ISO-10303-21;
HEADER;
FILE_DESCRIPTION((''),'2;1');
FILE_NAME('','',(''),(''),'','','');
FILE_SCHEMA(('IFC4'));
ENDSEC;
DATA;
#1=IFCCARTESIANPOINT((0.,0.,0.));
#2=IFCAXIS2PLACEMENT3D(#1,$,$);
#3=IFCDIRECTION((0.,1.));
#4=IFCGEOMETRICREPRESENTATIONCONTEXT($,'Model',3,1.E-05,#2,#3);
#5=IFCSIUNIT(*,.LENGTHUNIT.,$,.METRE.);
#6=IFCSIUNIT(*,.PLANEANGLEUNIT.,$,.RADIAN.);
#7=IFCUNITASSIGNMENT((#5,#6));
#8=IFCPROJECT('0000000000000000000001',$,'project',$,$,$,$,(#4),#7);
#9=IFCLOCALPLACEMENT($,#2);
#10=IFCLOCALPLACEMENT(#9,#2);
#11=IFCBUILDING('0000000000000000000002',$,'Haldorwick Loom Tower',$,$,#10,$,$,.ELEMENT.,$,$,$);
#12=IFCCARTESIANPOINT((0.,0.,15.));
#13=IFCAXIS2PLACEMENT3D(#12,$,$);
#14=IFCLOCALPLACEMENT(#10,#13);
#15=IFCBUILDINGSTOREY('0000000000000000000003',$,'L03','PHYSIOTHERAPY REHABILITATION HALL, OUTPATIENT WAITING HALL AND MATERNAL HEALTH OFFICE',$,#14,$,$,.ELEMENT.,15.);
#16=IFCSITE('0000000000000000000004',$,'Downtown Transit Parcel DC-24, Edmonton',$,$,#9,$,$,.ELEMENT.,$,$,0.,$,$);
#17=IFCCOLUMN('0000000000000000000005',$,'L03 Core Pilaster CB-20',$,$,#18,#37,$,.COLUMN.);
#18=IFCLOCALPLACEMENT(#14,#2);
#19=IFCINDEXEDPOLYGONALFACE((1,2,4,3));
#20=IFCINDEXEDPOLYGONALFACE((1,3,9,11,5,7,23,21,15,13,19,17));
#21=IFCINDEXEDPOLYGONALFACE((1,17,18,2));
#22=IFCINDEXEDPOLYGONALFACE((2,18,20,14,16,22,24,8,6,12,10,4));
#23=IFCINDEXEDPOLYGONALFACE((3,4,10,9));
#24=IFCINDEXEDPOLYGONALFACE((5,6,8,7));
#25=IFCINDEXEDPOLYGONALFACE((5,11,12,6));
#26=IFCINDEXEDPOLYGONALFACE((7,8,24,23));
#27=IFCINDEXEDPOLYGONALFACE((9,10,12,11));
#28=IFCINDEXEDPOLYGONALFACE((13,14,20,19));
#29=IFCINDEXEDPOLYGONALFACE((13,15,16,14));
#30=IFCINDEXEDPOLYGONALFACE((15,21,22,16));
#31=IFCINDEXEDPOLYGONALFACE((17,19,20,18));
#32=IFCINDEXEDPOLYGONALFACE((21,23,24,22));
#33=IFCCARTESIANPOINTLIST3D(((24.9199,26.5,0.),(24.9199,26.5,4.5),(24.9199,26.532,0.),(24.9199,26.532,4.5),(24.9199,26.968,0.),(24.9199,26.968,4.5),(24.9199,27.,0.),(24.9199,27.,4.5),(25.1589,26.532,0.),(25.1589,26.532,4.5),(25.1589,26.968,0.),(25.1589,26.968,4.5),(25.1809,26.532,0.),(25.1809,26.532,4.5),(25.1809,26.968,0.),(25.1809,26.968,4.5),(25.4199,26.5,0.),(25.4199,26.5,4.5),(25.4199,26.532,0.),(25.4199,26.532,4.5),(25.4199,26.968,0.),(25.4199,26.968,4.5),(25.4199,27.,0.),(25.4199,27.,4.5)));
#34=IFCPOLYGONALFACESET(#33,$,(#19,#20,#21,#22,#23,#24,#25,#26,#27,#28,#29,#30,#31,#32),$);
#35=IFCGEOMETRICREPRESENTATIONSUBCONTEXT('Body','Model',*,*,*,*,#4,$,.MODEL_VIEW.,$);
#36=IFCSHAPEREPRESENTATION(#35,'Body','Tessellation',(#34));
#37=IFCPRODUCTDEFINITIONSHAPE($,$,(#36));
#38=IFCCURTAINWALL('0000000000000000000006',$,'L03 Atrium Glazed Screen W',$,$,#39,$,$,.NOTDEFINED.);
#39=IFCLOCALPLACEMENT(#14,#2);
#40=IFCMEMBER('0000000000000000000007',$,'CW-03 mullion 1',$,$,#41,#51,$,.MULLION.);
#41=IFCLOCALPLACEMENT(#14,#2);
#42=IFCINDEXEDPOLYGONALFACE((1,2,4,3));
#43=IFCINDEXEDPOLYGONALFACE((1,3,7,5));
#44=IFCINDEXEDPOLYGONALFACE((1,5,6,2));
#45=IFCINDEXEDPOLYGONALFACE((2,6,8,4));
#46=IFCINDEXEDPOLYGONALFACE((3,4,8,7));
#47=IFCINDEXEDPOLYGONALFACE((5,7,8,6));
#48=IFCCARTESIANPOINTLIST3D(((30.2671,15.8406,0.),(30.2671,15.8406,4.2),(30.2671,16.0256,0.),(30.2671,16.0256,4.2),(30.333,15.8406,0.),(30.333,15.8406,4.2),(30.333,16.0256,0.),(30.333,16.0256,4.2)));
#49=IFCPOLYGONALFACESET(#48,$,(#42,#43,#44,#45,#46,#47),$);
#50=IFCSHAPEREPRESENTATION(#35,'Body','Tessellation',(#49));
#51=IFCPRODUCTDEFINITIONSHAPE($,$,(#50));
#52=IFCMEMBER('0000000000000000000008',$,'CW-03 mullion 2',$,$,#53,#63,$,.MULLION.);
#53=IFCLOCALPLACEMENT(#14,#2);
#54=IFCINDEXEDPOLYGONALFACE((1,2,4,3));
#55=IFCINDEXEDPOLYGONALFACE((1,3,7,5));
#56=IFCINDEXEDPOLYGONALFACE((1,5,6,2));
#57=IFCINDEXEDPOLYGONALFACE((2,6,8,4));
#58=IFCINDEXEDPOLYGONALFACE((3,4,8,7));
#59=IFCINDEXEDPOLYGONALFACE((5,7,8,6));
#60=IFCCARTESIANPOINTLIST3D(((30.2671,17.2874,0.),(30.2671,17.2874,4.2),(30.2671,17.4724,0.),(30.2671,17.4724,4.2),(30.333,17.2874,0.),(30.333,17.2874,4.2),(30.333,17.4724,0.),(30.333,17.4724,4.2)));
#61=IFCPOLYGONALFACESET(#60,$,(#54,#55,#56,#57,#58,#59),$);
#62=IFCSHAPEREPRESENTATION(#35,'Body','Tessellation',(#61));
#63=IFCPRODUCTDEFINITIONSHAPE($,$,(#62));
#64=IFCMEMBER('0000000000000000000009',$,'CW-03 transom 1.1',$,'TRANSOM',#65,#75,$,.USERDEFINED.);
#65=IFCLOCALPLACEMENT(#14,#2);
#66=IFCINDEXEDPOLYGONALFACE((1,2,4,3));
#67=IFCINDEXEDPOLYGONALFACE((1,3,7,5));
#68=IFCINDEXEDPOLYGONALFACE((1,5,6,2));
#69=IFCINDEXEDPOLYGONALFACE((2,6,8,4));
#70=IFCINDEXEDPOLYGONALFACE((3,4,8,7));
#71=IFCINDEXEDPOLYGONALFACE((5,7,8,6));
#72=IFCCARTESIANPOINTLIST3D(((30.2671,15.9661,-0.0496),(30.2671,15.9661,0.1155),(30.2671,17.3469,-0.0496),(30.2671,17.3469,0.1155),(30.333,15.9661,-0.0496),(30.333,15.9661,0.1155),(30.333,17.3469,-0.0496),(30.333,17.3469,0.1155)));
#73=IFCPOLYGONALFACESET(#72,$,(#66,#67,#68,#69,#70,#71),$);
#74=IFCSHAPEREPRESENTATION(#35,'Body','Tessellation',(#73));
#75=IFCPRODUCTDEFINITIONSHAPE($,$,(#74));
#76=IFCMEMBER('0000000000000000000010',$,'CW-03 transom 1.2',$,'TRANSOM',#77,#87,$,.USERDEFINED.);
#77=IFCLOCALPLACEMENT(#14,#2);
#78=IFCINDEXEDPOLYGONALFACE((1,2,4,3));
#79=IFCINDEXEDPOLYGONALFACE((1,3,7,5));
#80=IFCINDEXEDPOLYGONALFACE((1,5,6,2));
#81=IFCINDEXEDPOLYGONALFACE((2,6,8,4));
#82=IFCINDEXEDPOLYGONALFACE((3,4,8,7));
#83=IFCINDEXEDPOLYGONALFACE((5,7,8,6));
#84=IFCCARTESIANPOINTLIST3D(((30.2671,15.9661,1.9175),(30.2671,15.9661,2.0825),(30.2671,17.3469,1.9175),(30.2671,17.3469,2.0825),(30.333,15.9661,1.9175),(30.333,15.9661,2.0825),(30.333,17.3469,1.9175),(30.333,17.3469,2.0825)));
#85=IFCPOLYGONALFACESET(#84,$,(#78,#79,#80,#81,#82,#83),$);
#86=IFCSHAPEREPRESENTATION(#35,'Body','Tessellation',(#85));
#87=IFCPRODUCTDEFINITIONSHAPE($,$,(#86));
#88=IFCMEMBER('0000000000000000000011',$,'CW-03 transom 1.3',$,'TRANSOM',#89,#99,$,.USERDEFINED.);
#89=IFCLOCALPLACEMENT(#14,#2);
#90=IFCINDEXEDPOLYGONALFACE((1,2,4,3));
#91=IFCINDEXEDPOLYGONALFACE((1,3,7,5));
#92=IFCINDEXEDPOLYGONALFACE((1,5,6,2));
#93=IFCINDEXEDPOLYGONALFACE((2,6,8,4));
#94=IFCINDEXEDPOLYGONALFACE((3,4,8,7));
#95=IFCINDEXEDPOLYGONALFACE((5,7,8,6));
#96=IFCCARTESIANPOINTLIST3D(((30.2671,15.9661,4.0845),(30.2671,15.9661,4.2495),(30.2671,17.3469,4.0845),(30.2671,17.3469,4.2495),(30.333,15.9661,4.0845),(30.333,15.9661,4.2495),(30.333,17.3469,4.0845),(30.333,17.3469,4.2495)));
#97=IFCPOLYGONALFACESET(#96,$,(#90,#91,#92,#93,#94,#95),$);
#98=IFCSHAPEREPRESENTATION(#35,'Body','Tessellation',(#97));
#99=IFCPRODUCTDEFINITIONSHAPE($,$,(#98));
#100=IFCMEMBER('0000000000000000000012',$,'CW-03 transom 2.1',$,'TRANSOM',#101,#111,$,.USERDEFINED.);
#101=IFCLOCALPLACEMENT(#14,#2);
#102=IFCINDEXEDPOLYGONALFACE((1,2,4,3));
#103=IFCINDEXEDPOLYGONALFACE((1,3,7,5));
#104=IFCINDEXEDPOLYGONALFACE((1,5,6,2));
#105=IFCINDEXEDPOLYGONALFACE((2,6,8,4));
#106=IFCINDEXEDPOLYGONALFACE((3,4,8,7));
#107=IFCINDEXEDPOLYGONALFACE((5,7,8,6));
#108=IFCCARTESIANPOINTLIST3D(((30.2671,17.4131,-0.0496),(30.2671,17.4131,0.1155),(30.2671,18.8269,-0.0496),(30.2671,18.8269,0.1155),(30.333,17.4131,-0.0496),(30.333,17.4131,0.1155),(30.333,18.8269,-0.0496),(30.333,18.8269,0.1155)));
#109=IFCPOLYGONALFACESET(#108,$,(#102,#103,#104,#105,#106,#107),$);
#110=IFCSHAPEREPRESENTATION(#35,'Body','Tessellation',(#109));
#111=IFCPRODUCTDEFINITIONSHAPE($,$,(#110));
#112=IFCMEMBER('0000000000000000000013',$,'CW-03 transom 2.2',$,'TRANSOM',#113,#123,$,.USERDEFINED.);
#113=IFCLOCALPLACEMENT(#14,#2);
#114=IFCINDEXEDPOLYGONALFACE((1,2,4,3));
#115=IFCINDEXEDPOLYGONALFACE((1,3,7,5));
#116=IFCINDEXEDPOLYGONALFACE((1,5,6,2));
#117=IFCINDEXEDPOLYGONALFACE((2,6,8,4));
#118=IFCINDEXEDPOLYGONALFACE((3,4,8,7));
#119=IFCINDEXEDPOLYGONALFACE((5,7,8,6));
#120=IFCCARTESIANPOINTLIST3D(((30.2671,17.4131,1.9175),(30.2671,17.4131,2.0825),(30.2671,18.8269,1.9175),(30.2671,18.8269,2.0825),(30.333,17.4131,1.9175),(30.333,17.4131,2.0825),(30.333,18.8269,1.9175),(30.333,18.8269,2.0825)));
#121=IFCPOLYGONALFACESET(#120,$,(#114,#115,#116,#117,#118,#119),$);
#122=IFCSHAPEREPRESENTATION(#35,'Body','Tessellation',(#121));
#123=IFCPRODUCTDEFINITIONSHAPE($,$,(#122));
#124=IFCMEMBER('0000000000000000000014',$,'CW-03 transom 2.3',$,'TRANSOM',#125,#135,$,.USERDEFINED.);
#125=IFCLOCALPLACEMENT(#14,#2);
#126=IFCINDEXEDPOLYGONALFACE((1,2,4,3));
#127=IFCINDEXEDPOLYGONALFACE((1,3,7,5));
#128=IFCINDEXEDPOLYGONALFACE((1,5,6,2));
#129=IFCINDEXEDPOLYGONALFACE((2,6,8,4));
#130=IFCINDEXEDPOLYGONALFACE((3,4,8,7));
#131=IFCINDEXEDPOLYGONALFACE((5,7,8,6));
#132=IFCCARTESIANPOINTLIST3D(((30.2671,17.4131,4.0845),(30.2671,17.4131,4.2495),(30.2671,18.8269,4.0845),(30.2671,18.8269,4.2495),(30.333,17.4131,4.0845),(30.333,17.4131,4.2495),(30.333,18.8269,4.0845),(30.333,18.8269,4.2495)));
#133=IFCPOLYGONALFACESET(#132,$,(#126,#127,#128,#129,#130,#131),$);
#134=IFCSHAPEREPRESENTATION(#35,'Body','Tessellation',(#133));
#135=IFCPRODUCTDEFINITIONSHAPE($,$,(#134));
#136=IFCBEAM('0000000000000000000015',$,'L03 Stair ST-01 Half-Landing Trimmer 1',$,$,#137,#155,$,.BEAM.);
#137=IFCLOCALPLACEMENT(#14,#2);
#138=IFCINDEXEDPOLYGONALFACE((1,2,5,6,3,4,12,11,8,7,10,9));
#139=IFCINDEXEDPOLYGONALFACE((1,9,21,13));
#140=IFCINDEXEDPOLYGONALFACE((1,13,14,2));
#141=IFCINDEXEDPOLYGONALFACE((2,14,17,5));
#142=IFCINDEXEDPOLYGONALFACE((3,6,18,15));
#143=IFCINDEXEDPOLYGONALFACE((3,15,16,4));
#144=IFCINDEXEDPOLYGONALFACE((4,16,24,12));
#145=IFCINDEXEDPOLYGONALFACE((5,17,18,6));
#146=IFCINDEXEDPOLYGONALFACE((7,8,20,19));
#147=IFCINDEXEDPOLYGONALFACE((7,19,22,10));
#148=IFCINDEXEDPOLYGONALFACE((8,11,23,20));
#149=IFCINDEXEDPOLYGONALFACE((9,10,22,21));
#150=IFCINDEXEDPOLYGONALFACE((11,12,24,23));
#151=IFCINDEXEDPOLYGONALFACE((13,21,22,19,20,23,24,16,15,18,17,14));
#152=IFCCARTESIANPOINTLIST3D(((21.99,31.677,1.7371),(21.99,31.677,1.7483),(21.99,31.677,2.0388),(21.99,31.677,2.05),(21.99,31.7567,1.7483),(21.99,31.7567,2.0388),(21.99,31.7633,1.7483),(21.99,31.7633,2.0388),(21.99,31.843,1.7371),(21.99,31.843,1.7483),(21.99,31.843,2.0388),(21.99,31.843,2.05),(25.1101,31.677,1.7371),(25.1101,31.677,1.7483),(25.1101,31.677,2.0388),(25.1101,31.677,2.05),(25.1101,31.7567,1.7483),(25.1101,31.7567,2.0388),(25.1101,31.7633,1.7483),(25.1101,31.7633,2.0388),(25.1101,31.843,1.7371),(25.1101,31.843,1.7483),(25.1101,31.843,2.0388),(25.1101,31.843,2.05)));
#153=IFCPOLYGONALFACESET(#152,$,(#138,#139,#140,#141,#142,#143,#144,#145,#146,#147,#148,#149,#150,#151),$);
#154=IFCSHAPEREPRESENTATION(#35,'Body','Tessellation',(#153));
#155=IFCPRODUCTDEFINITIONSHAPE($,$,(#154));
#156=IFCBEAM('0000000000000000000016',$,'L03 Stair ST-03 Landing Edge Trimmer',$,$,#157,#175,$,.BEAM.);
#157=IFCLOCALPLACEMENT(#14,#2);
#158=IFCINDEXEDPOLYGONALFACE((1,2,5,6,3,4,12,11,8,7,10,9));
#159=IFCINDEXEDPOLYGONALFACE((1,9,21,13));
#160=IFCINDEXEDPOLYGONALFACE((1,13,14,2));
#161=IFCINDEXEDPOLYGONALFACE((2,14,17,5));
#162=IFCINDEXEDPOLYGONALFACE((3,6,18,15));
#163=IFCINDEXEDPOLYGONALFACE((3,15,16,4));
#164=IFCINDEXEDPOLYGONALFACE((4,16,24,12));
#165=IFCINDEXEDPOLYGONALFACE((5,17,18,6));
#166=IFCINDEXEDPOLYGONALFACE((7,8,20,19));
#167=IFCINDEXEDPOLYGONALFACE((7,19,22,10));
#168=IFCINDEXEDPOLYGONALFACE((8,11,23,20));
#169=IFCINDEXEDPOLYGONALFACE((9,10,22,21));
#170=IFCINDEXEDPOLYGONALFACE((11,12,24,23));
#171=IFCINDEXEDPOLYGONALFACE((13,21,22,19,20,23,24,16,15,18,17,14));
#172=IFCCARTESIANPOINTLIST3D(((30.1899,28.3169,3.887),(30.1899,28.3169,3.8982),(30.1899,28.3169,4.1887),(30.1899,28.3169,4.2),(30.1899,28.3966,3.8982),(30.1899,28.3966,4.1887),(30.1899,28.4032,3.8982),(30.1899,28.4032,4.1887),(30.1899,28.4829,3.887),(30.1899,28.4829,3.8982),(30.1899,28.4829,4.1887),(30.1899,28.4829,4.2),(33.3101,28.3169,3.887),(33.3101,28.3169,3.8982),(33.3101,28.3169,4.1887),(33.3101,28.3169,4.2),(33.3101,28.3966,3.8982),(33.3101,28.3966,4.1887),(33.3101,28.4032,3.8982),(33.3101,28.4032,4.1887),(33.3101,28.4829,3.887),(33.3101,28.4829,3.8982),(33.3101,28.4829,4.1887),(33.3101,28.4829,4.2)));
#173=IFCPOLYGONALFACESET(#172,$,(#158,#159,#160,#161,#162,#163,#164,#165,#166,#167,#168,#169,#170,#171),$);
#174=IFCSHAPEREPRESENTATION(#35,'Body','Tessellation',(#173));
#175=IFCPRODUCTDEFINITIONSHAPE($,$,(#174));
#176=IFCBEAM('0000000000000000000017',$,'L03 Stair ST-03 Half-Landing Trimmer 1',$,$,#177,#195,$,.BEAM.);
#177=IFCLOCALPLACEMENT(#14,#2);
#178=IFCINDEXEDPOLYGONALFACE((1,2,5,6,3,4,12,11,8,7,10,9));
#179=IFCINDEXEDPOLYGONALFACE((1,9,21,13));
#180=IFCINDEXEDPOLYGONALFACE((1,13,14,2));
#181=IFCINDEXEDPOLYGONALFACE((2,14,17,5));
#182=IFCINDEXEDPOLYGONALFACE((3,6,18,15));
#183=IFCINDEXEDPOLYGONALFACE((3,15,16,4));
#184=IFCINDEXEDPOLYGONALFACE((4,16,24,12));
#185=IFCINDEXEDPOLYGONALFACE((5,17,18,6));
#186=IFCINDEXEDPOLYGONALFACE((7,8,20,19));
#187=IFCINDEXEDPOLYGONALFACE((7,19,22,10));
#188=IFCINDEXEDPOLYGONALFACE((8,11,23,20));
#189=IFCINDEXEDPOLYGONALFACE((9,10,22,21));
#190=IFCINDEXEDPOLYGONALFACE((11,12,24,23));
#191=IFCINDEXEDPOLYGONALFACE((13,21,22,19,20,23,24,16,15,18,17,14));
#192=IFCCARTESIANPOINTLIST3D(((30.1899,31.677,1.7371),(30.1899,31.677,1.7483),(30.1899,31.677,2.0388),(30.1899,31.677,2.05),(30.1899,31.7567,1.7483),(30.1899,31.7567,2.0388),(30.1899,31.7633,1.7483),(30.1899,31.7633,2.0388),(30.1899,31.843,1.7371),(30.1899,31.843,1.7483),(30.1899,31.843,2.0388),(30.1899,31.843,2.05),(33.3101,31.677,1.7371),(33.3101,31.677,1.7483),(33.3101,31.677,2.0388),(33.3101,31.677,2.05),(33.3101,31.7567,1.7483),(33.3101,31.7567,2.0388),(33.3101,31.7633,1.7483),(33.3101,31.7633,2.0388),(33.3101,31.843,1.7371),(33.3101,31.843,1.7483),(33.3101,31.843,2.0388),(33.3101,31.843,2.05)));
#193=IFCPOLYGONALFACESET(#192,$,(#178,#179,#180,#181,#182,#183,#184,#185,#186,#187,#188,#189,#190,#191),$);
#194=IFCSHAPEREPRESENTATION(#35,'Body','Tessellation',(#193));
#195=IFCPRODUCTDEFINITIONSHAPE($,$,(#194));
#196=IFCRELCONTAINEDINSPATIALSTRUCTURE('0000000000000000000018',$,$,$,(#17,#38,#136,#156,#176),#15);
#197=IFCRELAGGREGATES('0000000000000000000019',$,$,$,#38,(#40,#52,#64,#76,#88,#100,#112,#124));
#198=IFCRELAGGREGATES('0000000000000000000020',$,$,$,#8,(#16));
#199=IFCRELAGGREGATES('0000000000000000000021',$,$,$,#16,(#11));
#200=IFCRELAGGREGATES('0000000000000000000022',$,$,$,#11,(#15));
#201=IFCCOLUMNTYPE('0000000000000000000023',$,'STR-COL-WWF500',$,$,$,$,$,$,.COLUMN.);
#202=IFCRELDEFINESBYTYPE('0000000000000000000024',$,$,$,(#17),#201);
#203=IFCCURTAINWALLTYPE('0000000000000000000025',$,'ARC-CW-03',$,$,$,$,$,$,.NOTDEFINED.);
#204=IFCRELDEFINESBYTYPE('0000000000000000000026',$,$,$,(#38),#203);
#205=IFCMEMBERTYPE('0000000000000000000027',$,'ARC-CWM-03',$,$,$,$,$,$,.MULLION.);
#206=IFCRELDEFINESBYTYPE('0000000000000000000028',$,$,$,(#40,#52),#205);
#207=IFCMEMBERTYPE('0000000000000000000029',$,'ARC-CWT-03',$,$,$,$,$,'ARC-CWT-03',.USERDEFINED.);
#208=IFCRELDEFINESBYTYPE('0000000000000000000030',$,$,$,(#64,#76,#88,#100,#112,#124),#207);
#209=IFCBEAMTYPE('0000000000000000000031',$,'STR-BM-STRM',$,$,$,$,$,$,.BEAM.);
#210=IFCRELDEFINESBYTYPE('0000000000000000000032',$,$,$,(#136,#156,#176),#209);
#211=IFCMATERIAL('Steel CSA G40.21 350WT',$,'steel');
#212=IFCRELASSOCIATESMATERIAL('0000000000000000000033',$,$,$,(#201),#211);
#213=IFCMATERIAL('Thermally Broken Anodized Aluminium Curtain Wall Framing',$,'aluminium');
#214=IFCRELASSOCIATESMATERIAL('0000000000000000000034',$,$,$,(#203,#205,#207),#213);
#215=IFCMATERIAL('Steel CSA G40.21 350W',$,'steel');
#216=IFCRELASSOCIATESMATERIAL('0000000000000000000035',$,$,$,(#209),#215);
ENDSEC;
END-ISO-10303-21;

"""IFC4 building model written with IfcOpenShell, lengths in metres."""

from ifc_helpers import new_model, si_unit, direction, frame, origin, origin_2d, place, context, subcontext, project, spatial, rectangle, i_section, extrude, material, material_profile, profile_set, type_object, element, aggregate, save


model = new_model("IFC4")

# Units and contexts
model_context = context("Model", 3, precision=1e-05, world=origin(), true_north=direction((0.0, 1.0)))
body_context = subcontext(model_context, "Body", "Model", "MODEL_VIEW")
ifc_project = project(units=[si_unit("LENGTHUNIT", "METRE"), si_unit("PLANEANGLEUNIT", "RADIAN")], contexts=[model_context])

# Site, building, storey
site_placement = place(None, origin())
site = spatial("IfcSite", under=ifc_project, at=site_placement, Name="Downtown Transit Parcel DC-24, Edmonton", CompositionType="ELEMENT", RefElevation=0.0)
building_placement = place(site_placement, origin())
building = spatial("IfcBuilding", under=site, at=building_placement, Name="Haldorwick Loom Tower", CompositionType="ELEMENT")
storey_placement = place(building_placement, frame((0.0, 0.0, 15.0)))
storey = spatial("IfcBuildingStorey", under=building, at=storey_placement, Name="L03", Description="PHYSIOTHERAPY REHABILITATION HALL, OUTPATIENT WAITING HALL AND MATERNAL HEALTH OFFICE", CompositionType="ELEMENT", Elevation=15.0)

# Column
ifc_material_1 = material(Name="Steel CSA G40.21 350WT", Category="steel")
ifc_material_profile_1 = material_profile(ifc_material_1, i_section(OverallWidth=0.5, OverallDepth=0.5, WebThickness=0.022, FlangeThickness=0.032, at=origin_2d()), Name="WWF500X500", Category="steel")
ifc_profile_set_1 = profile_set([ifc_material_profile_1], Name="Steel CSA G40.21 350WT")
column_type = type_object("IfcColumnType", Name="STR-COL-WWF500", PredefinedType="COLUMN", material=ifc_profile_set_1)
column_placement = place(storey_placement, frame((25.1699, 26.75, 0.0), z_axis=(0.0, 0.0, 1.0), x_axis=(1.0, 0.0, 0.0)))
element("IfcColumn", 1, at=column_placement, inside=storey, type_object=column_type, Name="L03 Core Pilaster CB-20", PredefinedType="COLUMN", context=body_context, shape_type="SweptSolid", body=[
    extrude(i_section(OverallWidth=0.5, OverallDepth=0.5, WebThickness=0.022, FlangeThickness=0.032, at=origin_2d()), origin(), (0.0, 0.0, 1.0), 4.5),
])

# Curtain wall, members
ifc_material_2 = material(Name="Thermally Broken Anodized Aluminium Curtain Wall Framing", Category="aluminium")
curtain_wall_type = type_object("IfcCurtainWallType", Name="ARC-CW-03", PredefinedType="NOTDEFINED", material=ifc_material_2)
curtain_wall_placement = place(storey_placement, origin())
curtain_wall = element("IfcCurtainWall", 2, at=curtain_wall_placement, inside=storey, type_object=curtain_wall_type, Name="L03 Atrium Glazed Screen W", PredefinedType="NOTDEFINED")
ifc_material_profile_2 = material_profile(ifc_material_2, rectangle(XDim=0.0659, YDim=0.1851, at=origin_2d()), Name="ALU_MUL_66X185", Category="aluminium")
ifc_profile_set_2 = profile_set([ifc_material_profile_2], Name="Thermally Broken Anodized Aluminium Curtain Wall Framing")
member_type_1 = type_object("IfcMemberType", Name="ARC-CWM-03", PredefinedType="MULLION", material=ifc_profile_set_2)
member_1_placement = place(storey_placement, frame((30.3, 15.9331, 0.0), z_axis=(0.0, 0.0, 1.0), x_axis=(-1.0, 0.0, 0.0)))
member_1 = element("IfcMember", 3, at=member_1_placement, type_object=member_type_1, Name="CW-03 mullion 1", PredefinedType="MULLION", context=body_context, shape_type="SweptSolid", body=[
    extrude(rectangle(XDim=0.0659, YDim=0.1851, at=origin_2d()), origin(), (0.0, 0.0, 1.0), 4.2),
])
member_2_placement = place(storey_placement, frame((30.3, 17.3799, 0.0), z_axis=(0.0, 0.0, 1.0), x_axis=(-1.0, 0.0, 0.0)))
member_2 = element("IfcMember", 4, at=member_2_placement, type_object=member_type_1, Name="CW-03 mullion 2", PredefinedType="MULLION", context=body_context, shape_type="SweptSolid", body=[
    extrude(rectangle(XDim=0.0659, YDim=0.1851, at=origin_2d()), origin(), (0.0, 0.0, 1.0), 4.2),
])
ifc_material_profile_3 = material_profile(ifc_material_2, rectangle(XDim=0.0659, YDim=0.165, at=origin_2d()), Name="ALU_TRN_66X165", Category="aluminium")
ifc_profile_set_3 = profile_set([ifc_material_profile_3], Name="Thermally Broken Anodized Aluminium Curtain Wall Framing")
member_type_2 = type_object("IfcMemberType", Name="ARC-CWT-03", ElementType="ARC-CWT-03", PredefinedType="USERDEFINED", material=ifc_profile_set_3)
member_3_placement = place(storey_placement, frame((30.3, 15.9661, 0.033), z_axis=(0.0, 1.0, 0.0), x_axis=(-1.0, 0.0, 0.0)))
member_3 = element("IfcMember", 5, at=member_3_placement, type_object=member_type_2, Name="CW-03 transom 1.1", ObjectType="TRANSOM", PredefinedType="USERDEFINED", context=body_context, shape_type="SweptSolid", body=[
    extrude(rectangle(XDim=0.0659, YDim=0.165, at=origin_2d()), origin(), (0.0, 0.0, 1.0), 1.3809),
])
member_4_placement = place(storey_placement, frame((30.3, 15.9661, 2.0), z_axis=(0.0, 1.0, 0.0), x_axis=(-1.0, 0.0, 0.0)))
member_4 = element("IfcMember", 6, at=member_4_placement, type_object=member_type_2, Name="CW-03 transom 1.2", ObjectType="TRANSOM", PredefinedType="USERDEFINED", context=body_context, shape_type="SweptSolid", body=[
    extrude(rectangle(XDim=0.0659, YDim=0.165, at=origin_2d()), origin(), (0.0, 0.0, 1.0), 1.3809),
])
member_5_placement = place(storey_placement, frame((30.3, 15.9661, 4.167), z_axis=(0.0, 1.0, 0.0), x_axis=(-1.0, 0.0, 0.0)))
member_5 = element("IfcMember", 7, at=member_5_placement, type_object=member_type_2, Name="CW-03 transom 1.3", ObjectType="TRANSOM", PredefinedType="USERDEFINED", context=body_context, shape_type="SweptSolid", body=[
    extrude(rectangle(XDim=0.0659, YDim=0.165, at=origin_2d()), origin(), (0.0, 0.0, 1.0), 1.3809),
])
member_6_placement = place(storey_placement, frame((30.3, 17.4131, 0.033), z_axis=(0.0, 1.0, 0.0), x_axis=(-1.0, 0.0, 0.0)))
member_6 = element("IfcMember", 8, at=member_6_placement, type_object=member_type_2, Name="CW-03 transom 2.1", ObjectType="TRANSOM", PredefinedType="USERDEFINED", context=body_context, shape_type="SweptSolid", body=[
    extrude(rectangle(XDim=0.0659, YDim=0.165, at=origin_2d()), origin(), (0.0, 0.0, 1.0), 1.4138),
])
member_7_placement = place(storey_placement, frame((30.3, 17.4131, 2.0), z_axis=(0.0, 1.0, 0.0), x_axis=(-1.0, 0.0, 0.0)))
member_7 = element("IfcMember", 9, at=member_7_placement, type_object=member_type_2, Name="CW-03 transom 2.2", ObjectType="TRANSOM", PredefinedType="USERDEFINED", context=body_context, shape_type="SweptSolid", body=[
    extrude(rectangle(XDim=0.0659, YDim=0.165, at=origin_2d()), origin(), (0.0, 0.0, 1.0), 1.4138),
])
member_8_placement = place(storey_placement, frame((30.3, 17.4131, 4.167), z_axis=(0.0, 1.0, 0.0), x_axis=(-1.0, 0.0, 0.0)))
member_8 = element("IfcMember", 10, at=member_8_placement, type_object=member_type_2, Name="CW-03 transom 2.3", ObjectType="TRANSOM", PredefinedType="USERDEFINED", context=body_context, shape_type="SweptSolid", body=[
    extrude(rectangle(XDim=0.0659, YDim=0.165, at=origin_2d()), origin(), (0.0, 0.0, 1.0), 1.4138),
])

# Beams
ifc_material_3 = material(Name="Steel CSA G40.21 350W", Category="steel")
ifc_material_profile_4 = material_profile(ifc_material_3, i_section(OverallWidth=0.166, OverallDepth=0.313, WebThickness=0.0066, FlangeThickness=0.0112, at=origin_2d()), Name="W310X45", Category="steel")
ifc_profile_set_4 = profile_set([ifc_material_profile_4], Name="Steel CSA G40.21 350W")
beam_type = type_object("IfcBeamType", Name="STR-BM-STRM", PredefinedType="BEAM", material=ifc_profile_set_4)
for number, where, z_axis, x_axis, name in (
    (11, (21.99, 31.76, 1.8936), (1.0, 0.0, 0.0), (0.0, 1.0, 0.0), "L03 Stair ST-01 Half-Landing Trimmer 1"),
    (12, (30.1899, 28.3999, 4.0435), (1.0, 0.0, 0.0), (0.0, 1.0, 0.0), "L03 Stair ST-03 Landing Edge Trimmer"),
    (13, (30.1899, 31.76, 1.8936), (1.0, 0.0, 0.0), (0.0, 1.0, 0.0), "L03 Stair ST-03 Half-Landing Trimmer 1"),
):
    element("IfcBeam", number, at=place(storey_placement, frame(where, z_axis=z_axis, x_axis=x_axis)), inside=storey, type_object=beam_type, Name=name, PredefinedType="BEAM", context=body_context, shape_type="SweptSolid", body=[
        extrude(i_section(OverallWidth=0.166, OverallDepth=0.313, WebThickness=0.0066, FlangeThickness=0.0112, at=origin_2d()), origin(), (0.0, 0.0, 1.0), 3.1201),
    ])

aggregate(curtain_wall, [member_1, member_2, member_3, member_4, member_5, member_6, member_7, member_8])

save(model, "model.ifc")
